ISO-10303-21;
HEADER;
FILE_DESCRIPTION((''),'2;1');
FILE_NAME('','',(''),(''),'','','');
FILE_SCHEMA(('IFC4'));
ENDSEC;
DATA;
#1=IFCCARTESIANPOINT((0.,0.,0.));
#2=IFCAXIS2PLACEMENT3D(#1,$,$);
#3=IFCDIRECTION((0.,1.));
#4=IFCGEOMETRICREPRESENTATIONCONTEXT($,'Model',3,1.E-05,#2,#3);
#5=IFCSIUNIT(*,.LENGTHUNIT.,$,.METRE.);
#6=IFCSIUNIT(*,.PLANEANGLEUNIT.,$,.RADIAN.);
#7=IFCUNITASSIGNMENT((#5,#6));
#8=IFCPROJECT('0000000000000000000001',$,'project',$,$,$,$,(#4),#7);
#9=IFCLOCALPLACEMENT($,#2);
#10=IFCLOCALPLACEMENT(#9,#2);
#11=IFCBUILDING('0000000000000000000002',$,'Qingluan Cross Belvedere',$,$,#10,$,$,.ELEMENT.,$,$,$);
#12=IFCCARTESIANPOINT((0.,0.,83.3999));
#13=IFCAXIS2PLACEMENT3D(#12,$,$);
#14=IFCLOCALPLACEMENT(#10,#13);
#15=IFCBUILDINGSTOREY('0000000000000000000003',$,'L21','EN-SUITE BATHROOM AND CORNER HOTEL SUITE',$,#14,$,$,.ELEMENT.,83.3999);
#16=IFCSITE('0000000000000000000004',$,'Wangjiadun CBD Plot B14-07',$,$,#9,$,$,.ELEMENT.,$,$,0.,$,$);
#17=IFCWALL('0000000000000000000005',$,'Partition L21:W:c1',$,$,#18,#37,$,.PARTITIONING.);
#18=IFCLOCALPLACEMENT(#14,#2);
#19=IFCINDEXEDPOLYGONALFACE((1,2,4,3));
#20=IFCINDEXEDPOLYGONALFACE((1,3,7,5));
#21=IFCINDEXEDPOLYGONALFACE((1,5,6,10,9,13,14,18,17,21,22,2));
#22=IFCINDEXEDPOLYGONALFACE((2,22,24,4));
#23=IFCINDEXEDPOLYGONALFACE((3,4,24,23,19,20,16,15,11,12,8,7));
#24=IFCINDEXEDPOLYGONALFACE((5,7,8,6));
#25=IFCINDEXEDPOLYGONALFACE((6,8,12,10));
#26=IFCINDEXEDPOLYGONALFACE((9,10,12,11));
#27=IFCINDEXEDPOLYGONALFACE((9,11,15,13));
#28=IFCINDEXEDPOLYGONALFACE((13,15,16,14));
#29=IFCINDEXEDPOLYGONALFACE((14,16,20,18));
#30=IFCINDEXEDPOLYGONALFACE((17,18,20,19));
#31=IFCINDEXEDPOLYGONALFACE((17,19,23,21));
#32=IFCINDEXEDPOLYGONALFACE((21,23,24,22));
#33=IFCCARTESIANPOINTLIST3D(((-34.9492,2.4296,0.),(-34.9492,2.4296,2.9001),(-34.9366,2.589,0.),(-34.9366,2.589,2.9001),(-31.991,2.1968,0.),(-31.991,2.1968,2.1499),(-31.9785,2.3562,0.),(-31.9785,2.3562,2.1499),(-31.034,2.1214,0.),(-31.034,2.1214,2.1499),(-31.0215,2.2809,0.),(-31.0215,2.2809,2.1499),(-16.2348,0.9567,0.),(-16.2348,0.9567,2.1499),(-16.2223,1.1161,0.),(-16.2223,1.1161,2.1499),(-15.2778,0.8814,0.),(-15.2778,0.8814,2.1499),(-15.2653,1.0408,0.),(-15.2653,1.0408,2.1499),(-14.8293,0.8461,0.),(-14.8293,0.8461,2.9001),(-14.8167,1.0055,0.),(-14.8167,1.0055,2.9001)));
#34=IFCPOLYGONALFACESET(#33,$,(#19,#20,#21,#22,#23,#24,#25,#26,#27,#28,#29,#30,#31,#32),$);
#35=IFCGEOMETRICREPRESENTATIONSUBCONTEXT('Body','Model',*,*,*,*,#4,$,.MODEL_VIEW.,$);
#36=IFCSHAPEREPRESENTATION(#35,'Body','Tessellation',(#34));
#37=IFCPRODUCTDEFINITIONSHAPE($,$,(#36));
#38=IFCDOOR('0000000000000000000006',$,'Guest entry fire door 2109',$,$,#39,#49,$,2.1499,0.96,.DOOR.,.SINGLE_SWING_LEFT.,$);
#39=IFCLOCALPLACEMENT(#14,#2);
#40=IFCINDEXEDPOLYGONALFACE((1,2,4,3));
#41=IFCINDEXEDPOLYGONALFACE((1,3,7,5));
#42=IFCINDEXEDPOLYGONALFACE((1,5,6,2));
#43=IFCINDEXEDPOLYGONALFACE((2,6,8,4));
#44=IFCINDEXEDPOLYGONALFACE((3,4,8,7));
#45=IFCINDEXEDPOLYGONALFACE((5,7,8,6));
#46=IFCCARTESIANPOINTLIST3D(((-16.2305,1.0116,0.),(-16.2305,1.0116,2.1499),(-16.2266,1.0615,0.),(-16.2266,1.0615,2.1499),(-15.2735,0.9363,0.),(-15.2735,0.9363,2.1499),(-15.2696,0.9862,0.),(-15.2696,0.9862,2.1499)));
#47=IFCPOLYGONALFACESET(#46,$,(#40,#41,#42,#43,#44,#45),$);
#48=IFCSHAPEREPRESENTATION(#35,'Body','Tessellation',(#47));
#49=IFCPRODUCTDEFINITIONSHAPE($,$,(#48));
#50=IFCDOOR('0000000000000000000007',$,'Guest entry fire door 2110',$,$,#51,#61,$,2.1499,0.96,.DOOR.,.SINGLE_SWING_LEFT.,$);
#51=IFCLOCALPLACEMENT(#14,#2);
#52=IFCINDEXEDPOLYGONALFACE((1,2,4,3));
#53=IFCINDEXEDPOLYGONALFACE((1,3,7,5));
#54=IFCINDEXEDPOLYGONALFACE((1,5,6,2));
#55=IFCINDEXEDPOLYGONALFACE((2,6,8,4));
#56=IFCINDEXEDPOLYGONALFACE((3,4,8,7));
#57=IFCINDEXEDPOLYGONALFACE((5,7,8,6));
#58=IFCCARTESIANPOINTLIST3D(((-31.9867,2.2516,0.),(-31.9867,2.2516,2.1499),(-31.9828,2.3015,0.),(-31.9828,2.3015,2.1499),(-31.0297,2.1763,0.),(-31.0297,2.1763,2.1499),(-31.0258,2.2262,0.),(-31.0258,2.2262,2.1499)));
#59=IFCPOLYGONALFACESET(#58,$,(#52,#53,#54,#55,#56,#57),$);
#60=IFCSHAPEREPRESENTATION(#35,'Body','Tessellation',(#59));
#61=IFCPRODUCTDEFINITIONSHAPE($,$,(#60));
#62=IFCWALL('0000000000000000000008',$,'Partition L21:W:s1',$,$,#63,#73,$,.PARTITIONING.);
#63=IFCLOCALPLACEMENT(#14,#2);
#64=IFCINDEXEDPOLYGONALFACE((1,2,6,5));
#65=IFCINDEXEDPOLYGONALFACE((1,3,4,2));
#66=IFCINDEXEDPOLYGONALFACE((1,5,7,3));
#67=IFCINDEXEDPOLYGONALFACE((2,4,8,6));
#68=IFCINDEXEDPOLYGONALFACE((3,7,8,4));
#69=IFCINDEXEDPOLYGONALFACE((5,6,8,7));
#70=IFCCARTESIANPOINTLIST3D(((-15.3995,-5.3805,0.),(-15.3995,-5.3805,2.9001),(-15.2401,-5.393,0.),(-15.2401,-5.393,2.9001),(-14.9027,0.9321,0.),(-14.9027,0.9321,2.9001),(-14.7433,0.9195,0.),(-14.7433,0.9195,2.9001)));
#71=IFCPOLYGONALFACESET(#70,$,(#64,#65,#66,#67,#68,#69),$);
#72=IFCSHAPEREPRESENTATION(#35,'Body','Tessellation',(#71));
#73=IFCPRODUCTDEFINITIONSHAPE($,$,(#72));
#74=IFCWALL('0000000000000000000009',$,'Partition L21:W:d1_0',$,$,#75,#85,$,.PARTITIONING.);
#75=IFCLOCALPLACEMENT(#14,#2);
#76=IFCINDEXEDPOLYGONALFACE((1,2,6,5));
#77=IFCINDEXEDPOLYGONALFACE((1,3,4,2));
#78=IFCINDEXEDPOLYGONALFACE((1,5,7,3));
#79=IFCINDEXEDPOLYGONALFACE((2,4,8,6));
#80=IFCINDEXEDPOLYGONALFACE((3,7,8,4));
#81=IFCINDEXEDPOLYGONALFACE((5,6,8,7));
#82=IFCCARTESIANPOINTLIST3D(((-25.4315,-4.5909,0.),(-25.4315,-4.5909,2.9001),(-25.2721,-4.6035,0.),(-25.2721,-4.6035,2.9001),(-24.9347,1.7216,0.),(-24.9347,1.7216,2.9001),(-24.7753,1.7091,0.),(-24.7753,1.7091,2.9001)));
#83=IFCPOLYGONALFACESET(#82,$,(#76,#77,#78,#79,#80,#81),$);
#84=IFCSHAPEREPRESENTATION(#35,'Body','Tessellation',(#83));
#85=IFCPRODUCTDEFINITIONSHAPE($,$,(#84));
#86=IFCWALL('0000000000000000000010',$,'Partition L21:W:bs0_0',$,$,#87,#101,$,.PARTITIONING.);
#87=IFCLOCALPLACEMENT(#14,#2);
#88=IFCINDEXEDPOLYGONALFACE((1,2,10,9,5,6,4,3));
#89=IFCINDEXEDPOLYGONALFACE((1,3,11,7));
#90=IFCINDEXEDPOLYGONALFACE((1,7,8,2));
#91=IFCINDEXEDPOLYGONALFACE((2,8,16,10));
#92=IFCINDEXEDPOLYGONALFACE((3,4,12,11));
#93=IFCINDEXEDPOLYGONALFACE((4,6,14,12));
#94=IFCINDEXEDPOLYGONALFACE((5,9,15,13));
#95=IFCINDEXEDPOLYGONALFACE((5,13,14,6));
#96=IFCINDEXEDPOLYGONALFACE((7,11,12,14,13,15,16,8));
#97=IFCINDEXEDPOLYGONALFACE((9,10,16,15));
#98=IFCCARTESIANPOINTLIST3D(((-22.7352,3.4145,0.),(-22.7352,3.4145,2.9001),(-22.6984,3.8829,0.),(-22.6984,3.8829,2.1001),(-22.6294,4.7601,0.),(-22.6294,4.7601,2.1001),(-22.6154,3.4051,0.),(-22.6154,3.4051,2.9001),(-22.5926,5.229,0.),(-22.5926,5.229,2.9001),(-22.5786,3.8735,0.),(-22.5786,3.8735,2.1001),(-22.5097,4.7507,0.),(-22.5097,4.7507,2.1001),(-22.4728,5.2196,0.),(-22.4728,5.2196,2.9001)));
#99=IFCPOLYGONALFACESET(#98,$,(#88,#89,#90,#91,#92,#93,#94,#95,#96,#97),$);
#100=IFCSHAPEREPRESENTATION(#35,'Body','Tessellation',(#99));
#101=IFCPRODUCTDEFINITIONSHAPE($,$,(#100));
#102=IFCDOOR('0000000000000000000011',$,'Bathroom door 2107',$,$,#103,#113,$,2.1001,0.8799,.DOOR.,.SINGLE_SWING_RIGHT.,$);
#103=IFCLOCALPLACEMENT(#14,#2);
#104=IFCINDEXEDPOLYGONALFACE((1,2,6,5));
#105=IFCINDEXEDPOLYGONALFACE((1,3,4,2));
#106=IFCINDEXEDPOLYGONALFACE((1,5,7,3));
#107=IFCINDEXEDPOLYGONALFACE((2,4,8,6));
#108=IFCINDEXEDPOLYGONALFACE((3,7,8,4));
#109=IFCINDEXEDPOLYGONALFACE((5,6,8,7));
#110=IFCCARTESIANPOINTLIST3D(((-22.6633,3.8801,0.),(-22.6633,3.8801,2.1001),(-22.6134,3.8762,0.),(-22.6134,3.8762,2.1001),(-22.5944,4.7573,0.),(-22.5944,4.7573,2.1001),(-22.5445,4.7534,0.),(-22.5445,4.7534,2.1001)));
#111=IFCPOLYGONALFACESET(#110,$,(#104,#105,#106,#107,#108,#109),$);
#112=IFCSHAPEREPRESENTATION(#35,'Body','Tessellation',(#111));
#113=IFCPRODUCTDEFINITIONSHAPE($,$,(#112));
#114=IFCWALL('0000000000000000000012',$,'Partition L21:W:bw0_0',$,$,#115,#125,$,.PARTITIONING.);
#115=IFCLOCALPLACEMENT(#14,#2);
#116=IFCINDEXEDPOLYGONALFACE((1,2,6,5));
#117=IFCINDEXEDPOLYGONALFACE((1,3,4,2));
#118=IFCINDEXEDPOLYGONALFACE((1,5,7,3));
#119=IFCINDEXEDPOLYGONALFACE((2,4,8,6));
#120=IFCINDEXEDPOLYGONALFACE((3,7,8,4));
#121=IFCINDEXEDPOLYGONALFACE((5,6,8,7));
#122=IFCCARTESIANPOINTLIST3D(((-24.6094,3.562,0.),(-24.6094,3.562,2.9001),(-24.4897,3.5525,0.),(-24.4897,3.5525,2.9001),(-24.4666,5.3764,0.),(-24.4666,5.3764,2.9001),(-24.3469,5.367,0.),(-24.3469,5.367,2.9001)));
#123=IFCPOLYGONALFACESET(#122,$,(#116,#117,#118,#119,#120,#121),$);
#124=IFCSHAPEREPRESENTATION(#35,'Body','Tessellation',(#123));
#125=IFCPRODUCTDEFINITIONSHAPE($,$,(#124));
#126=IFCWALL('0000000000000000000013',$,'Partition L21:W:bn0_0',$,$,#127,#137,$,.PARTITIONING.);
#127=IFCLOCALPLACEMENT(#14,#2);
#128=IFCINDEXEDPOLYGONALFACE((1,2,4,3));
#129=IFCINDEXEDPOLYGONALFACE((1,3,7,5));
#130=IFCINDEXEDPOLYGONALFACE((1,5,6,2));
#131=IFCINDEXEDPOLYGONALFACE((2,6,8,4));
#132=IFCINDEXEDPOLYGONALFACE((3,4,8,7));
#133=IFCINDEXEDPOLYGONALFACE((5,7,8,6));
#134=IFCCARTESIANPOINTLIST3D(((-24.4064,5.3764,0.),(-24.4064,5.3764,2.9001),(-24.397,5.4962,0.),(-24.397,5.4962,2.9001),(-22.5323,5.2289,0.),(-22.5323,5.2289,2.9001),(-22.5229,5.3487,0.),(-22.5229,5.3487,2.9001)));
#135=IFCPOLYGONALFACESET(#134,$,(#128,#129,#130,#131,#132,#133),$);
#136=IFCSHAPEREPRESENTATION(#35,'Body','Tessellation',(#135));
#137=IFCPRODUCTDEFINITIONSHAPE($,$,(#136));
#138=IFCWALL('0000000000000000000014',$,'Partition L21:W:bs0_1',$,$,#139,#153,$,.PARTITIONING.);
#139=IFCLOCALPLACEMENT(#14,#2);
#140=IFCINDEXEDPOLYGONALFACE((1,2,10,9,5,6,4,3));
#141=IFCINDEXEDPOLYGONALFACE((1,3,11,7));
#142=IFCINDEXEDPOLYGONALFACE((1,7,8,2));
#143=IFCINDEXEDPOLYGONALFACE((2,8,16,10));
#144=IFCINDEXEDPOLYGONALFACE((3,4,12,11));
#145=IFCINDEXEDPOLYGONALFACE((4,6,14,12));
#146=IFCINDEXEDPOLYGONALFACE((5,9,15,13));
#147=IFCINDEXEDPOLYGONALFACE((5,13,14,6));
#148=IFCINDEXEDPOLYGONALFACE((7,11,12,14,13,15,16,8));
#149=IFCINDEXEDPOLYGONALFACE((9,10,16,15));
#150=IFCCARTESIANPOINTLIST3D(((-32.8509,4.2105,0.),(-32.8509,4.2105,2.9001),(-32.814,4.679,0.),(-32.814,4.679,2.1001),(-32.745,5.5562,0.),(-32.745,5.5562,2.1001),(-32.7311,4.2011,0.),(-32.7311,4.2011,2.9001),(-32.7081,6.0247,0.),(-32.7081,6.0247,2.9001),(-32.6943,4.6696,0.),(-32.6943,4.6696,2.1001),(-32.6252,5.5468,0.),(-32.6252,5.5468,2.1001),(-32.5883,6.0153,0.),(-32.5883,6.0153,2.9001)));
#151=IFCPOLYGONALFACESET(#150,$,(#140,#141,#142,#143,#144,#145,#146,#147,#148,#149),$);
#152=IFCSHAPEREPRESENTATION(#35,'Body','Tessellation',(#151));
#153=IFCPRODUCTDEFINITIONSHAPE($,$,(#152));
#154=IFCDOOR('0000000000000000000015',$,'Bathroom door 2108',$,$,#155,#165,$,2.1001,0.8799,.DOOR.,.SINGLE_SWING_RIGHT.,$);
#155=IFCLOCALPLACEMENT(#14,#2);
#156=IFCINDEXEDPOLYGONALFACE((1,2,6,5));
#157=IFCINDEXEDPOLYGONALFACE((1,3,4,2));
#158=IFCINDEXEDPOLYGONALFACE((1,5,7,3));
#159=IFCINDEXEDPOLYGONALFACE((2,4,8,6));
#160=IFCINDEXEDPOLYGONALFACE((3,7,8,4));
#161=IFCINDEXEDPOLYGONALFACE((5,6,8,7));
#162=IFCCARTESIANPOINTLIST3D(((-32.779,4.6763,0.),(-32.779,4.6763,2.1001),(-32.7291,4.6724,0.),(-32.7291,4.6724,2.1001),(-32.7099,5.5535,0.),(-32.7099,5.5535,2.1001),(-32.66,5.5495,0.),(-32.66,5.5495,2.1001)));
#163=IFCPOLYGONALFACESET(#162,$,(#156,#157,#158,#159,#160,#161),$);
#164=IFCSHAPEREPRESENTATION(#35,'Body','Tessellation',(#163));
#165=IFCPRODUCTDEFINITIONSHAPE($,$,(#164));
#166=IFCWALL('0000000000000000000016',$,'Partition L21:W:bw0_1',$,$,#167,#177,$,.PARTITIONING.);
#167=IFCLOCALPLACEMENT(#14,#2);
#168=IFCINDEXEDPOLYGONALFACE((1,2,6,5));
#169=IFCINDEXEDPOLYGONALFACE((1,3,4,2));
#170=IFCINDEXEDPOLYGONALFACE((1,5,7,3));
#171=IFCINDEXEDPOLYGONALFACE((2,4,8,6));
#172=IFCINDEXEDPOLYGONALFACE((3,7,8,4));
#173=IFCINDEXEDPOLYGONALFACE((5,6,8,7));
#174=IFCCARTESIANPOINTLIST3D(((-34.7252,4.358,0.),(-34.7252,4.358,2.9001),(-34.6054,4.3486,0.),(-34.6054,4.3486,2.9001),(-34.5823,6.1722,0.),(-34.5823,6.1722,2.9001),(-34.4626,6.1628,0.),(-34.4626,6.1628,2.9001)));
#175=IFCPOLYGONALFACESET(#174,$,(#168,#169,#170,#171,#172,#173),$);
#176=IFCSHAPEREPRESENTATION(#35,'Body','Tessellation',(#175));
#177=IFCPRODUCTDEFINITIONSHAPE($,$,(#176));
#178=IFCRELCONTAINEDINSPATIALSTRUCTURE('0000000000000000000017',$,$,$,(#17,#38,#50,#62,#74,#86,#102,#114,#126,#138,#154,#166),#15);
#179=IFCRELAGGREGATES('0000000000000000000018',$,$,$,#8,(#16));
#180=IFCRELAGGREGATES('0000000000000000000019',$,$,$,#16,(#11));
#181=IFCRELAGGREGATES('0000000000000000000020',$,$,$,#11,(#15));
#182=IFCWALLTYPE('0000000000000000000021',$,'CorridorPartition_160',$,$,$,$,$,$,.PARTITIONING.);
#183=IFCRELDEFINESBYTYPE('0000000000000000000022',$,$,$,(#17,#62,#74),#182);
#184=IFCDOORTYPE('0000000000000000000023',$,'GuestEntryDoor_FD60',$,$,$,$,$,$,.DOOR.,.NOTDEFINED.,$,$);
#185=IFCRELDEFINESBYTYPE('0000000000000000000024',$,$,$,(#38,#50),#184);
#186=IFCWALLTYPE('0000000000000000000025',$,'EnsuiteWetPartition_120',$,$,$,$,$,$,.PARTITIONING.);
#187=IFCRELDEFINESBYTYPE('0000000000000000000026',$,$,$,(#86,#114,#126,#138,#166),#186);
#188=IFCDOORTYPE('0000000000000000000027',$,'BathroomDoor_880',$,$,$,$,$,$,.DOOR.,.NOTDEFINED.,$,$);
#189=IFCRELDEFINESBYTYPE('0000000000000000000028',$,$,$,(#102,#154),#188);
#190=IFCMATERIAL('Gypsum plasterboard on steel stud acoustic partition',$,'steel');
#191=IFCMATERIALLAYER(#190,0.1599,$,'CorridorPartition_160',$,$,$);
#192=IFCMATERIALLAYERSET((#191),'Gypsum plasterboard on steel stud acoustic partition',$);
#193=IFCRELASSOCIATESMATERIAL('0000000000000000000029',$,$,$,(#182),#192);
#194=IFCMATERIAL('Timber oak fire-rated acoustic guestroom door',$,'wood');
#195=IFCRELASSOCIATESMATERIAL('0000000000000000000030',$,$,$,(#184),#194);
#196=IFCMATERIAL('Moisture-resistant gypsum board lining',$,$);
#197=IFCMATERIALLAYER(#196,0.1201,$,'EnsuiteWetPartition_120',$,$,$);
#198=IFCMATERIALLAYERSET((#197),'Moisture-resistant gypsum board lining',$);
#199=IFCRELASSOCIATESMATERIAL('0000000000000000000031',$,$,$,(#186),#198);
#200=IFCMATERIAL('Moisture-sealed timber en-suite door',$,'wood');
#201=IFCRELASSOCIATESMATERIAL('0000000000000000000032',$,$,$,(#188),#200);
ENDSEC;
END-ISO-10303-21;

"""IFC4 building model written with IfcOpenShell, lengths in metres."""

from ifc_helpers import new_model, si_unit, direction, frame, frame_2d, origin, place, context, subcontext, project, spatial, rectangle, extrude, material, layer, layer_set, type_object, element, fill, save


model = new_model("IFC4")

# Units and contexts
model_context = context("Model", 3, precision=1e-05, world=origin(), true_north=direction((0.0, 1.0)))
body_context = subcontext(model_context, "Body", "Model", "MODEL_VIEW")
ifc_project = project(units=[si_unit("LENGTHUNIT", "METRE"), si_unit("PLANEANGLEUNIT", "RADIAN")], contexts=[model_context])

# Site, building, storey
site_placement = place(None, origin())
site = spatial("IfcSite", under=ifc_project, at=site_placement, Name="Wangjiadun CBD Plot B14-07", CompositionType="ELEMENT", RefElevation=0.0)
building_placement = place(site_placement, origin())
building = spatial("IfcBuilding", under=site, at=building_placement, Name="Qingluan Cross Belvedere", CompositionType="ELEMENT")
storey_placement = place(building_placement, frame((0.0, 0.0, 83.3999)))
storey = spatial("IfcBuildingStorey", under=building, at=storey_placement, Name="L21", Description="EN-SUITE BATHROOM AND CORNER HOTEL SUITE", CompositionType="ELEMENT", Elevation=83.3999)

# Shared definitions
ifc_material_1 = material(Name="Gypsum plasterboard on steel stud acoustic partition", Category="steel")
ifc_layer_1 = layer(ifc_material_1, 0.1599, Name="CorridorPartition_160")
ifc_layer_set_1 = layer_set([ifc_layer_1], Name="Gypsum plasterboard on steel stud acoustic partition")
wall_type_1 = type_object("IfcWallType", Name="CorridorPartition_160", PredefinedType="PARTITIONING", material=ifc_layer_set_1)
ifc_material_2 = material(Name="Timber oak fire-rated acoustic guestroom door", Category="wood")
door_type_1 = type_object("IfcDoorType", Name="GuestEntryDoor_FD60", OperationType="NOTDEFINED", PredefinedType="DOOR", material=ifc_material_2)

# Wall, openings, doors
wall_1_placement = place(storey_placement, frame((-14.823, 0.9258, 0.0), z_axis=(0.0, 0.0, 1.0), x_axis=(-0.996917, 0.07846, 0.0)))
wall_1 = element("IfcWall", 1, at=wall_1_placement, inside=storey, type_object=wall_type_1, Name="Partition L21:W:c1", PredefinedType="PARTITIONING", context=body_context, shape_type="SweptSolid", body=[
    extrude(rectangle(XDim=20.1821, YDim=0.1599, at=frame_2d((10.0911, 0.0))), origin(), (0.0, 0.0, 1.0), 2.9001),
])
opening_1_placement = place(wall_1_placement, frame((0.45, 0.0, 0.0)))
opening_1 = element("IfcOpeningElement", 2, at=opening_1_placement, cuts=wall_1, PredefinedType="OPENING", context=body_context, shape_type="SweptSolid", body=[
    extrude(rectangle(XDim=0.96, YDim=2.1499, at=frame_2d((0.48, 1.075))), frame((0.0, 0.0898, 0.0), z_axis=(0.0, -1.0, 0.0), x_axis=(1.0, 0.0, 0.0)), (0.0, 0.0, 1.0), 0.1799),
])
opening_2_placement = place(wall_1_placement, frame((16.2549, 0.0, 0.0)))
opening_2 = element("IfcOpeningElement", 3, at=opening_2_placement, cuts=wall_1, PredefinedType="OPENING", context=body_context, shape_type="SweptSolid", body=[
    extrude(rectangle(XDim=0.96, YDim=2.1499, at=frame_2d((0.48, 1.075))), frame((0.0, 0.0898, 0.0), z_axis=(0.0, -1.0, 0.0), x_axis=(1.0, 0.0, 0.0)), (0.0, 0.0, 1.0), 0.1799),
])
door_1_placement = place(opening_1_placement, origin())
door_1 = element("IfcDoor", 4, at=door_1_placement, inside=storey, type_object=door_type_1, Name="Guest entry fire door 2109", OperationType="SINGLE_SWING_LEFT", OverallHeight=2.1499, OverallWidth=0.96, PredefinedType="DOOR", context=body_context, shape_type="SweptSolid", body=[
    extrude(rectangle(XDim=0.96, YDim=2.1499, at=frame_2d((0.48, 1.075))), frame((0.0, 0.0249, 0.0), z_axis=(0.0, -1.0, 0.0), x_axis=(1.0, 0.0, 0.0)), (0.0, 0.0, 1.0), 0.05),
])
fill(opening_1, door_1)
door_2_placement = place(opening_2_placement, origin())
door_2 = element("IfcDoor", 5, at=door_2_placement, inside=storey, type_object=door_type_1, Name="Guest entry fire door 2110", OperationType="SINGLE_SWING_LEFT", OverallHeight=2.1499, OverallWidth=0.96, PredefinedType="DOOR", context=body_context, shape_type="SweptSolid", body=[
    extrude(rectangle(XDim=0.96, YDim=2.1499, at=frame_2d((0.48, 1.075))), frame((0.0, 0.0249, 0.0), z_axis=(0.0, -1.0, 0.0), x_axis=(1.0, 0.0, 0.0)), (0.0, 0.0, 1.0), 0.05),
])
fill(opening_2, door_2)

# Walls
for number, where, z_axis, x_axis, name in (
    (6, (-14.823, 0.9258, 0.0), (0.0, 0.0, 1.0), (-0.078462, -0.996917, 0.0), "Partition L21:W:s1"),
    (7, (-24.855, 1.7153, 0.0), (0.0, 0.0, 1.0), (-0.078462, -0.996917, 0.0), "Partition L21:W:d1_0"),
):
    element("IfcWall", number, at=place(storey_placement, frame(where, z_axis=z_axis, x_axis=x_axis)), inside=storey, type_object=wall_type_1, Name=name, PredefinedType="PARTITIONING", context=body_context, shape_type="SweptSolid", body=[
        extrude(rectangle(XDim=6.332, YDim=0.1599, at=frame_2d((3.166, 0.0))), origin(), (0.0, 0.0, 1.0), 2.9001),
    ])

# Wall, opening, door
ifc_material_3 = material(Name="Moisture-resistant gypsum board lining")
ifc_layer_2 = layer(ifc_material_3, 0.1201, Name="EnsuiteWetPartition_120")
ifc_layer_set_2 = layer_set([ifc_layer_2], Name="Moisture-resistant gypsum board lining")
wall_type_2 = type_object("IfcWallType", Name="EnsuiteWetPartition_120", PredefinedType="PARTITIONING", material=ifc_layer_set_2)
wall_2_placement = place(storey_placement, frame((-22.6753, 3.4097, 0.0), z_axis=(0.0, 0.0, 1.0), x_axis=(0.078338, 0.996927, 0.0)))
wall_2 = element("IfcWall", 8, at=wall_2_placement, inside=storey, type_object=wall_type_2, Name="Partition L21:W:bs0_0", PredefinedType="PARTITIONING", context=body_context, shape_type="SweptSolid", body=[
    extrude(rectangle(XDim=1.8201, YDim=0.1201, at=frame_2d((0.9102, 0.0))), origin(), (0.0, 0.0, 1.0), 2.9001),
])
opening_3_placement = place(wall_2_placement, frame((0.47, 0.0, 0.0)))
opening_3 = element("IfcOpeningElement", 9, at=opening_3_placement, cuts=wall_2, PredefinedType="OPENING", context=body_context, shape_type="SweptSolid", body=[
    extrude(rectangle(XDim=0.8799, YDim=2.1001, at=frame_2d((0.4399, 1.05))), frame((0.0, 0.0701, 0.0), z_axis=(0.0, -1.0, 0.0), x_axis=(1.0, 0.0, 0.0)), (0.0, 0.0, 1.0), 0.1401),
])
ifc_material_4 = material(Name="Moisture-sealed timber en-suite door", Category="wood")
door_type_2 = type_object("IfcDoorType", Name="BathroomDoor_880", OperationType="NOTDEFINED", PredefinedType="DOOR", material=ifc_material_4)
door_3_placement = place(opening_3_placement, origin())
door_3 = element("IfcDoor", 10, at=door_3_placement, inside=storey, type_object=door_type_2, Name="Bathroom door 2107", OperationType="SINGLE_SWING_RIGHT", OverallHeight=2.1001, OverallWidth=0.8799, PredefinedType="DOOR", context=body_context, shape_type="SweptSolid", body=[
    extrude(rectangle(XDim=0.8799, YDim=2.1001, at=frame_2d((0.4399, 1.05))), frame((0.0, 0.0249, 0.0), z_axis=(0.0, -1.0, 0.0), x_axis=(1.0, 0.0, 0.0)), (0.0, 0.0, 1.0), 0.05),
])
fill(opening_3, door_3)

# Walls
wall_3_placement = place(storey_placement, frame((-24.5496, 3.5571, 0.0), z_axis=(0.0, 0.0, 1.0), x_axis=(0.078471, 0.996916, 0.0)))
element("IfcWall", 11, at=wall_3_placement, inside=storey, type_object=wall_type_2, Name="Partition L21:W:bw0_0", PredefinedType="PARTITIONING", context=body_context, shape_type="SweptSolid", body=[
    extrude(rectangle(XDim=1.8201, YDim=0.1201, at=frame_2d((0.9102, 0.0))), origin(), (0.0, 0.0, 1.0), 2.9001),
])
wall_4_placement = place(storey_placement, frame((-22.5276, 5.2888, 0.0), z_axis=(0.0, 0.0, 1.0), x_axis=(-0.996918, 0.078444, 0.0)))
element("IfcWall", 12, at=wall_4_placement, inside=storey, type_object=wall_type_2, Name="Partition L21:W:bn0_0", PredefinedType="PARTITIONING", context=body_context, shape_type="SweptSolid", body=[
    extrude(rectangle(XDim=1.8799, YDim=0.1201, at=frame_2d((0.9399, 0.0))), origin(), (0.0, 0.0, 1.0), 2.9001),
])

# Wall, opening, door
wall_5_placement = place(storey_placement, frame((-32.791, 4.2058, 0.0), z_axis=(0.0, 0.0, 1.0), x_axis=(0.078481, 0.996916, 0.0)))
wall_5 = element("IfcWall", 13, at=wall_5_placement, inside=storey, type_object=wall_type_2, Name="Partition L21:W:bs0_1", PredefinedType="PARTITIONING", context=body_context, shape_type="SweptSolid", body=[
    extrude(rectangle(XDim=1.8198, YDim=0.1201, at=frame_2d((0.9099, 0.0))), origin(), (0.0, 0.0, 1.0), 2.9001),
])
opening_4_placement = place(wall_5_placement, frame((0.47, 0.0, 0.0)))
opening_4 = element("IfcOpeningElement", 14, at=opening_4_placement, cuts=wall_5, PredefinedType="OPENING", context=body_context, shape_type="SweptSolid", body=[
    extrude(rectangle(XDim=0.8799, YDim=2.1001, at=frame_2d((0.4399, 1.05))), frame((0.0, 0.0701, 0.0), z_axis=(0.0, -1.0, 0.0), x_axis=(1.0, 0.0, 0.0)), (0.0, 0.0, 1.0), 0.1401),
])
door_4_placement = place(opening_4_placement, origin())
door_4 = element("IfcDoor", 15, at=door_4_placement, inside=storey, type_object=door_type_2, Name="Bathroom door 2108", OperationType="SINGLE_SWING_RIGHT", OverallHeight=2.1001, OverallWidth=0.8799, PredefinedType="DOOR", context=body_context, shape_type="SweptSolid", body=[
    extrude(rectangle(XDim=0.8799, YDim=2.1001, at=frame_2d((0.4399, 1.05))), frame((0.0, 0.0249, 0.0), z_axis=(0.0, -1.0, 0.0), x_axis=(1.0, 0.0, 0.0)), (0.0, 0.0, 1.0), 0.05),
])
fill(opening_4, door_4)

# Wall
wall_6_placement = place(storey_placement, frame((-34.6653, 4.3533, 0.0), z_axis=(0.0, 0.0, 1.0), x_axis=(0.078481, 0.996916, 0.0)))
element("IfcWall", 16, at=wall_6_placement, inside=storey, type_object=wall_type_2, Name="Partition L21:W:bw0_1", PredefinedType="PARTITIONING", context=body_context, shape_type="SweptSolid", body=[
    extrude(rectangle(XDim=1.8198, YDim=0.1201, at=frame_2d((0.9099, 0.0))), origin(), (0.0, 0.0, 1.0), 2.9001),
])

save(model, "model.ifc")
